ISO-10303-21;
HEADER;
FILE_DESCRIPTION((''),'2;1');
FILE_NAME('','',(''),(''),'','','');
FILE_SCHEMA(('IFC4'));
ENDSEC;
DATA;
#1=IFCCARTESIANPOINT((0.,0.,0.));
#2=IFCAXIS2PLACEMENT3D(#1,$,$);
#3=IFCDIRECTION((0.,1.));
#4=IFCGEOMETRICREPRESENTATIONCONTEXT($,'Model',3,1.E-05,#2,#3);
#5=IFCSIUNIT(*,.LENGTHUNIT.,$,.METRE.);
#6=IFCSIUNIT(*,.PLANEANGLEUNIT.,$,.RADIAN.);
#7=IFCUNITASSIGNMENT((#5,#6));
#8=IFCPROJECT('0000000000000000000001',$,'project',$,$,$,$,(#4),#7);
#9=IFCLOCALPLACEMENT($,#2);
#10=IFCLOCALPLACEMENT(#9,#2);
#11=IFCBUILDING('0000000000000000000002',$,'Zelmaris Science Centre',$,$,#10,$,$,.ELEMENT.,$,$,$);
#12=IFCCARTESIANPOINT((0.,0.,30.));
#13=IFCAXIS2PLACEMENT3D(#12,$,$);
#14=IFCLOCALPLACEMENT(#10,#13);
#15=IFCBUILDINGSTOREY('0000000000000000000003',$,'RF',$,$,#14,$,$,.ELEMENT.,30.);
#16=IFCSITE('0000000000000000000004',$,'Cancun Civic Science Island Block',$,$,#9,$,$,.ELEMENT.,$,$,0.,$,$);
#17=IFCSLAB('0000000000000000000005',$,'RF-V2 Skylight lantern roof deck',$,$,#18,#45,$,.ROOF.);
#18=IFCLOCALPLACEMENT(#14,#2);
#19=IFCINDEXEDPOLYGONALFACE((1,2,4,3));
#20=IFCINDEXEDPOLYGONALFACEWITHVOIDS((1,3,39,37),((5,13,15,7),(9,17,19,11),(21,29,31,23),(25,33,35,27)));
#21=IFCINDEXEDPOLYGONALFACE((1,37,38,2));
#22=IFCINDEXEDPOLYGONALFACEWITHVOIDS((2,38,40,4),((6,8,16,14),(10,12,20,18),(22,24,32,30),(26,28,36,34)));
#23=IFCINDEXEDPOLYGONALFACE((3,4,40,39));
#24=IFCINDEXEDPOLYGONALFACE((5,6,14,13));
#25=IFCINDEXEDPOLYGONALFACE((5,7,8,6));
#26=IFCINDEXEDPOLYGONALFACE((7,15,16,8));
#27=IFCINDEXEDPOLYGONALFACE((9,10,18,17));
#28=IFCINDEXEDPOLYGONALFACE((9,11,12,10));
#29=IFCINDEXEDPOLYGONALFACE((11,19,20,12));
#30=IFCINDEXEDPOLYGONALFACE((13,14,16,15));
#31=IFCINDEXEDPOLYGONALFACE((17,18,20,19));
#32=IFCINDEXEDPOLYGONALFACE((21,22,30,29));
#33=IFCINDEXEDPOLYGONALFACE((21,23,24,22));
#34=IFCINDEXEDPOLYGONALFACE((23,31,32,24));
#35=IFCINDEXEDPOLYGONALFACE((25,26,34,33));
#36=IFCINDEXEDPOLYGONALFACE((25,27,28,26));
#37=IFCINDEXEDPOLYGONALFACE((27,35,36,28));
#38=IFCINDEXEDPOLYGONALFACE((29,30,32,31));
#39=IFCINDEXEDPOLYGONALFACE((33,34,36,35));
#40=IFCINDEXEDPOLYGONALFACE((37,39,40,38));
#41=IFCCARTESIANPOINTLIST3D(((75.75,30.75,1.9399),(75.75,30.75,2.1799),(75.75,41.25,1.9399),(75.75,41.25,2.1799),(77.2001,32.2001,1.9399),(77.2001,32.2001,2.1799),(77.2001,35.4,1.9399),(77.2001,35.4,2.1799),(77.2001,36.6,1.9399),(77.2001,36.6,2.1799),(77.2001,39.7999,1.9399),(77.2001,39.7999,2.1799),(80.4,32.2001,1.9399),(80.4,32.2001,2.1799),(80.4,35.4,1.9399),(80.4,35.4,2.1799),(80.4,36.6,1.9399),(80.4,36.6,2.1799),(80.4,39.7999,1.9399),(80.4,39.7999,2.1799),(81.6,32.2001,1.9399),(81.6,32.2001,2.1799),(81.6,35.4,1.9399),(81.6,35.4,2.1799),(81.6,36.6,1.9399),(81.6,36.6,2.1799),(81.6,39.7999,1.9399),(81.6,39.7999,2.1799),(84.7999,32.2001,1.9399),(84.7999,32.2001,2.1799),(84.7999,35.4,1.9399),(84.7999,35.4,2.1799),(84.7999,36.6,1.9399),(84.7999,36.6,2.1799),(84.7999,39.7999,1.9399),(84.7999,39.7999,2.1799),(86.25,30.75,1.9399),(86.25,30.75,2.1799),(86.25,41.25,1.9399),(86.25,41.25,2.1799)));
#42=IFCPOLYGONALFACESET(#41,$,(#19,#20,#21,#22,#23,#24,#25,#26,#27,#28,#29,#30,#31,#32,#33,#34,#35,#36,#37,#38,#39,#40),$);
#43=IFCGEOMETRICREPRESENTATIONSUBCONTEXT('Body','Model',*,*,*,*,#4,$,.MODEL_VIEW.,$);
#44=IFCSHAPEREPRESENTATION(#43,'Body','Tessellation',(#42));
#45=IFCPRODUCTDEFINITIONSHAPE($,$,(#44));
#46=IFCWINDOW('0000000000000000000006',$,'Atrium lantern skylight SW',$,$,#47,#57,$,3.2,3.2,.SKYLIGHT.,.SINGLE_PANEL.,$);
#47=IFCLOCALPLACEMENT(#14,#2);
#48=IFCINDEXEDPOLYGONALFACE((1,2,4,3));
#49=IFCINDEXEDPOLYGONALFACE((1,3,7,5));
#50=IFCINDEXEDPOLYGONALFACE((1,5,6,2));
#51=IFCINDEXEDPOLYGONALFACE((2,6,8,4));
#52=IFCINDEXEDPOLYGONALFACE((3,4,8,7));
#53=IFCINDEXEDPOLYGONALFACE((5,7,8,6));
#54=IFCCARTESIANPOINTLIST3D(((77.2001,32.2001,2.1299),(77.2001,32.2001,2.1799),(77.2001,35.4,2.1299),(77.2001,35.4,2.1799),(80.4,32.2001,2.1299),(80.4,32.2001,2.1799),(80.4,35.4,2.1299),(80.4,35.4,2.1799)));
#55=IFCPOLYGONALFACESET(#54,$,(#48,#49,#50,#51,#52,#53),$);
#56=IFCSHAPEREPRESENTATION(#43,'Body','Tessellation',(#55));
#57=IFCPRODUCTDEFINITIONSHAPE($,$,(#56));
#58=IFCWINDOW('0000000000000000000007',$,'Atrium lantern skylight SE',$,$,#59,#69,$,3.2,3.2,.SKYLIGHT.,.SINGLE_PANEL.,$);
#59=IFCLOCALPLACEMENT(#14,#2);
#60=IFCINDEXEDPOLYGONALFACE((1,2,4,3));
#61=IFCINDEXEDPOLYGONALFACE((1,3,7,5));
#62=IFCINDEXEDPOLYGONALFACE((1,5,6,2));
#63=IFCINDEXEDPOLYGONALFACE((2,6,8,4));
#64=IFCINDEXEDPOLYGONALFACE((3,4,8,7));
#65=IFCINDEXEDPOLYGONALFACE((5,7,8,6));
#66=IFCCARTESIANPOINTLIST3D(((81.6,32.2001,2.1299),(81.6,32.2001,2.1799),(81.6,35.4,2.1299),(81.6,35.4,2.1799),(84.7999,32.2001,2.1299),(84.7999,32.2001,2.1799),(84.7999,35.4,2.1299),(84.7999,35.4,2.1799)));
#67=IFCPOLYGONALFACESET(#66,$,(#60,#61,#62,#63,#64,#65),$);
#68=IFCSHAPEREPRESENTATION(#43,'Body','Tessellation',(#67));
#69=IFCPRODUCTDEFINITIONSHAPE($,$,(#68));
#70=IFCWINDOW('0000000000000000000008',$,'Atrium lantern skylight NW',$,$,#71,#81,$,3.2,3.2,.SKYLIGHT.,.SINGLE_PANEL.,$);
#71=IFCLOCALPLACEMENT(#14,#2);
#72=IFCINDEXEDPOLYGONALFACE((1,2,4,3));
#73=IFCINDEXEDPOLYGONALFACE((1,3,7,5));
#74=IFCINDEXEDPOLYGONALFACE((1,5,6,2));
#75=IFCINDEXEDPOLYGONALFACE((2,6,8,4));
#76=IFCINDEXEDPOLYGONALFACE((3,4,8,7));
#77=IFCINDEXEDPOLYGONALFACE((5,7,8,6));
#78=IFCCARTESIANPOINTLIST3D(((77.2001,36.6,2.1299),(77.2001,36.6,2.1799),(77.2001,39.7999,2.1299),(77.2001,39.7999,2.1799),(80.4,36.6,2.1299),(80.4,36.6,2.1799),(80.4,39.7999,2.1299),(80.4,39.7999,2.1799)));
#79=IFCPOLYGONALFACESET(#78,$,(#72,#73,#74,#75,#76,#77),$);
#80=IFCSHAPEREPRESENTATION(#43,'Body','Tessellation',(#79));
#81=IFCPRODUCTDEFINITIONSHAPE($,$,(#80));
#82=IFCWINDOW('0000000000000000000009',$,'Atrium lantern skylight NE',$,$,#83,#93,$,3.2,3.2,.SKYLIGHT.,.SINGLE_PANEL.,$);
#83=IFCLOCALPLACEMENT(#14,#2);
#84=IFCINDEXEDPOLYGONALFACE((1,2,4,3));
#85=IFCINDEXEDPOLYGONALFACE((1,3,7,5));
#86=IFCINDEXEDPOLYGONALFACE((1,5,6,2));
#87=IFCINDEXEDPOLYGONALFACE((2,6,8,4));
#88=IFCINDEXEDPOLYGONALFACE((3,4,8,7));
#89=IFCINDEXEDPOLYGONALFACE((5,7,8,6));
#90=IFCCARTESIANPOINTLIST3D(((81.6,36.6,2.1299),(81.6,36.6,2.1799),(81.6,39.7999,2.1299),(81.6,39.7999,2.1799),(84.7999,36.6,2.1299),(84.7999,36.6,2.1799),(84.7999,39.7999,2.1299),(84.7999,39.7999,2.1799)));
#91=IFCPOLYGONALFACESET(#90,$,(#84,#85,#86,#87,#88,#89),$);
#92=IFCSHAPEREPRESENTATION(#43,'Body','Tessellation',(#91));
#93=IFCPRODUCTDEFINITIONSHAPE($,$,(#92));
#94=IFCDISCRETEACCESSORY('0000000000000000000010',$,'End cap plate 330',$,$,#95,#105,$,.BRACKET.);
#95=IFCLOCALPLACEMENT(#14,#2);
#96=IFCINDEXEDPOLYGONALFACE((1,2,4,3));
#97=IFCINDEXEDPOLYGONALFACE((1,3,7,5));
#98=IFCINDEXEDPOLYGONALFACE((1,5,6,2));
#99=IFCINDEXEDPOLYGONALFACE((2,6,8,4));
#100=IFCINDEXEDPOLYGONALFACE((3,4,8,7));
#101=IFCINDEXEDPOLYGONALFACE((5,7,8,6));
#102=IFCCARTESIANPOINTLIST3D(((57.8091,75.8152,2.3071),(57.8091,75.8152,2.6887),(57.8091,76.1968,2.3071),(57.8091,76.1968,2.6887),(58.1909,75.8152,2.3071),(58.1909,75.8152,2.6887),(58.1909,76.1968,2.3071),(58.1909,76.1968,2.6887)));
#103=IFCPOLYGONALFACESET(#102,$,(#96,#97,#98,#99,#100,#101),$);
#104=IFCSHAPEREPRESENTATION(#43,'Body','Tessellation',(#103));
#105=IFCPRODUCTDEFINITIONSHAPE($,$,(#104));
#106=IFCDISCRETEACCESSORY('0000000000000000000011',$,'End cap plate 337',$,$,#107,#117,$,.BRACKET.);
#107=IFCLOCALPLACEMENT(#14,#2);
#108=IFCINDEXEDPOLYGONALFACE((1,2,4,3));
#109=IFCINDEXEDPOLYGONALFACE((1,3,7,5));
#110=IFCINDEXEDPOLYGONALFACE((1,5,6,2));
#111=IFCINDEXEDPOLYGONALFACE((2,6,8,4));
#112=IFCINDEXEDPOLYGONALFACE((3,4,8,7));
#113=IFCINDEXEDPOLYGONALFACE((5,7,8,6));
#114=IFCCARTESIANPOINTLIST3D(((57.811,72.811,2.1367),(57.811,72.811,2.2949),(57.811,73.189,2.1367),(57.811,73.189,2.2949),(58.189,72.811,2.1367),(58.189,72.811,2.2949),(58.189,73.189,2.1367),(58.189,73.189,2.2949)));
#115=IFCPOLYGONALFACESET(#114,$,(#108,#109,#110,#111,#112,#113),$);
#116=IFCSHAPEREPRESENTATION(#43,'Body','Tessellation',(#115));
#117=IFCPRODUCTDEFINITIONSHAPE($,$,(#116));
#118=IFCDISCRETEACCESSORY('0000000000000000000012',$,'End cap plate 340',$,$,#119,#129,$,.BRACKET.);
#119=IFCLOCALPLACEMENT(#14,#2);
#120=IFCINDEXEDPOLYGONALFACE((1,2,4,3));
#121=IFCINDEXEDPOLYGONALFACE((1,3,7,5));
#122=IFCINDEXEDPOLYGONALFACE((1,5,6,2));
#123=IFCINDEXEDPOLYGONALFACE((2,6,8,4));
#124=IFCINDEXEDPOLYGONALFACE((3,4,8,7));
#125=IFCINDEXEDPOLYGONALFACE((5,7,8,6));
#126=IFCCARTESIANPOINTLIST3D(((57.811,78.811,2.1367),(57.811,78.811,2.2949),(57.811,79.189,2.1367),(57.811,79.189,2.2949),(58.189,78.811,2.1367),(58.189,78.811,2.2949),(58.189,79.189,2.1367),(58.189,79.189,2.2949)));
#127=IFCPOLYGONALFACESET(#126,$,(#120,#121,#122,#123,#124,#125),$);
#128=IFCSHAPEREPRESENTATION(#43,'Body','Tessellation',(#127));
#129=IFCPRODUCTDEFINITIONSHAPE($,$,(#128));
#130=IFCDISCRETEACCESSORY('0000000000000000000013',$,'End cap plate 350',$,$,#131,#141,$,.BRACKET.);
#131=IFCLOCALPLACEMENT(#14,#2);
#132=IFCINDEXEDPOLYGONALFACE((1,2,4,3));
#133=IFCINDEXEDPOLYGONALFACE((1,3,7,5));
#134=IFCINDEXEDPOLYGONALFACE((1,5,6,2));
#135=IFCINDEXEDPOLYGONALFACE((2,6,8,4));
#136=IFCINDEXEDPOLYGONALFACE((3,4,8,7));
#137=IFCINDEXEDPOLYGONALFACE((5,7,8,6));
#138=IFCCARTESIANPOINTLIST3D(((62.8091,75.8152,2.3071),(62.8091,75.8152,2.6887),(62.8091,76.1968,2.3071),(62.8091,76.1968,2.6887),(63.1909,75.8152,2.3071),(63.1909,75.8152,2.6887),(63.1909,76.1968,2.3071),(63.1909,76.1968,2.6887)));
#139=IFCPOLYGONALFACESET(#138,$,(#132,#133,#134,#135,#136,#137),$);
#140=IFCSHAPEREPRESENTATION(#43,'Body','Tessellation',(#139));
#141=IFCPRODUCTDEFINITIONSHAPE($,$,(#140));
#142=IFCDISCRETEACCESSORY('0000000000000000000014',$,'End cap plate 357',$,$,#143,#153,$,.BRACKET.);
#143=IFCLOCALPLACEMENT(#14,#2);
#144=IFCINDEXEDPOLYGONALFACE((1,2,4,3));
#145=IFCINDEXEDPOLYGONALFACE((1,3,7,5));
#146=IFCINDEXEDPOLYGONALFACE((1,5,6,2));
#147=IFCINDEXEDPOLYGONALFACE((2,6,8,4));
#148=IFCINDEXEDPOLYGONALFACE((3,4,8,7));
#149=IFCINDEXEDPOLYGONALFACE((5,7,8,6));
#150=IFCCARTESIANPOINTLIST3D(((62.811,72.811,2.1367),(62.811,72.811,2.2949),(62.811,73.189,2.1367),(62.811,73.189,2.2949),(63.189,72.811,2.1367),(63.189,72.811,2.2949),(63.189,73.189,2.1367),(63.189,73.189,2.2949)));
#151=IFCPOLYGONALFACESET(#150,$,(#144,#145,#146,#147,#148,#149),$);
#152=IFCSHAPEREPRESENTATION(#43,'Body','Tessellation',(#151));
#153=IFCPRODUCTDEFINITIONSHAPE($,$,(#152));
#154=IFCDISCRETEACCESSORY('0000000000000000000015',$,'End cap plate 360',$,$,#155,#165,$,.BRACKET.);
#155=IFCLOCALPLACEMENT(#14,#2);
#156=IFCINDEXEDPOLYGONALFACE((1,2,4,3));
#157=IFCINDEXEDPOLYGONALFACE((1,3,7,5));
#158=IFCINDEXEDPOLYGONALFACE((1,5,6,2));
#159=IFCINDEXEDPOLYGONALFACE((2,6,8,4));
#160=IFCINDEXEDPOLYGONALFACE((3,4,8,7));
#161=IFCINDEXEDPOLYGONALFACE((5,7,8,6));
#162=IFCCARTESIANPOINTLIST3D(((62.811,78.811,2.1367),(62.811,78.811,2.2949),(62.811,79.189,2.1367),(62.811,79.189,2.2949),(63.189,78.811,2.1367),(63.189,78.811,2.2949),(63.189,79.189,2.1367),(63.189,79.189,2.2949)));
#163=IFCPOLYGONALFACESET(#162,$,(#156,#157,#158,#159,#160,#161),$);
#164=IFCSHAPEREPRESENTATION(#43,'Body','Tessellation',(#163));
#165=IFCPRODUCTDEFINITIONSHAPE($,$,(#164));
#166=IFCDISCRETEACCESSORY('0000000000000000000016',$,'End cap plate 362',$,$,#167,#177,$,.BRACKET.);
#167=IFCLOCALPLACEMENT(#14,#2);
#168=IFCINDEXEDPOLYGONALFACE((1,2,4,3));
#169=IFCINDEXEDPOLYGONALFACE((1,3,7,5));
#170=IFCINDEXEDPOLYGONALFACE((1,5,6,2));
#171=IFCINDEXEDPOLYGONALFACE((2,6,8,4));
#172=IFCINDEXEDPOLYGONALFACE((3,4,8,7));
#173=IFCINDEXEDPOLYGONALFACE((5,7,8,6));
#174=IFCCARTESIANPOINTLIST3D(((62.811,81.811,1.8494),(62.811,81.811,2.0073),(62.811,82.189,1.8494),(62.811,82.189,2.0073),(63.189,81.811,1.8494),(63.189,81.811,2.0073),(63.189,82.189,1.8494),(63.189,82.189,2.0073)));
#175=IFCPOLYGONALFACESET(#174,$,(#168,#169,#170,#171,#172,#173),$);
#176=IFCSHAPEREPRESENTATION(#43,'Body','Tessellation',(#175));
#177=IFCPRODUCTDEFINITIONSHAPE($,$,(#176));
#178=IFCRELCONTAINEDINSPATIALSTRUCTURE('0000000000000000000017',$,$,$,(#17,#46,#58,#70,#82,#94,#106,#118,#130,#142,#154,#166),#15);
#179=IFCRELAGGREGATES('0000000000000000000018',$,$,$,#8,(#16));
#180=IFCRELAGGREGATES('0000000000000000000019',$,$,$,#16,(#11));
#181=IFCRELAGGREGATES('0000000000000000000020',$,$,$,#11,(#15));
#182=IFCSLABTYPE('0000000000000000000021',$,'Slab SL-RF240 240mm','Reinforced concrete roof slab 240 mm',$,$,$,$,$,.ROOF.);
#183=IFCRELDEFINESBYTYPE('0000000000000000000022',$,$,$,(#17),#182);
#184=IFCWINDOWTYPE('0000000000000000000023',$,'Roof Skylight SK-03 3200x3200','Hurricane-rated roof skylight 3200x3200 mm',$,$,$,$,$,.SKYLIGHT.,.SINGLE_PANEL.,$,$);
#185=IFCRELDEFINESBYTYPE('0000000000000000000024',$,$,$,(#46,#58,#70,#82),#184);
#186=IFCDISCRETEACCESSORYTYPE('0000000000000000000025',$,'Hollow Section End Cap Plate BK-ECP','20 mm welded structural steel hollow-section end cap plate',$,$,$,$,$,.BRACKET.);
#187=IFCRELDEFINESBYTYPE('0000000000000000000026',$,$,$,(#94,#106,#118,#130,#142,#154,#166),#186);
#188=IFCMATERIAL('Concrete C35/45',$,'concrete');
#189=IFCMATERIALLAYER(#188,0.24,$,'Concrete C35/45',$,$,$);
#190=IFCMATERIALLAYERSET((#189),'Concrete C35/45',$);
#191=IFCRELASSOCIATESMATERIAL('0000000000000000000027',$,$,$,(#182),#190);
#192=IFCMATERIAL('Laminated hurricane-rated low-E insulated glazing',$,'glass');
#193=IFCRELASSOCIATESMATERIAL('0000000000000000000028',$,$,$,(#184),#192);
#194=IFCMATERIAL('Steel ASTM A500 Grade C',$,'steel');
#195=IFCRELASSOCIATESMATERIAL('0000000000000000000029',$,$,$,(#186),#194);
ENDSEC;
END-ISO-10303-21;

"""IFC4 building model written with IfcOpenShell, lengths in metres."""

from ifc_helpers import new_model, si_unit, direction, frame, origin, origin_2d, place, context, subcontext, project, spatial, polyline, rectangle, outline, extrude, material, layer, layer_set, type_object, element, fill, save


model = new_model("IFC4")

# Units and contexts
model_context = context("Model", 3, precision=1e-05, world=origin(), true_north=direction((0.0, 1.0)))
body_context = subcontext(model_context, "Body", "Model", "MODEL_VIEW")
ifc_project = project(units=[si_unit("LENGTHUNIT", "METRE"), si_unit("PLANEANGLEUNIT", "RADIAN")], contexts=[model_context])

# Site, building, storey
site_placement = place(None, origin())
site = spatial("IfcSite", under=ifc_project, at=site_placement, Name="Cancun Civic Science Island Block", CompositionType="ELEMENT", RefElevation=0.0)
building_placement = place(site_placement, origin())
building = spatial("IfcBuilding", under=site, at=building_placement, Name="Zelmaris Science Centre", CompositionType="ELEMENT")
storey_placement = place(building_placement, frame((0.0, 0.0, 30.0)))
storey = spatial("IfcBuildingStorey", under=building, at=storey_placement, Name="RF", CompositionType="ELEMENT", Elevation=30.0)

# Slab, openings, windows
ifc_material_1 = material(Name="Concrete C35/45", Category="concrete")
ifc_layer = layer(ifc_material_1, 0.24, Name="Concrete C35/45")
ifc_layer_set = layer_set([ifc_layer], Name="Concrete C35/45")
slab_type = type_object("IfcSlabType", Name="Slab SL-RF240 240mm", Description="Reinforced concrete roof slab 240 mm", PredefinedType="ROOF", material=ifc_layer_set)
slab_placement = place(storey_placement, frame((0.0, 0.0, 1.9399)))
slab = element("IfcSlab", 1, at=slab_placement, inside=storey, type_object=slab_type, Name="RF-V2 Skylight lantern roof deck", PredefinedType="ROOF", context=body_context, shape_type="SweptSolid", body=[
    extrude(outline(polyline([(75.75, 30.75), (86.25, 30.75), (86.25, 41.25), (75.75, 41.25), (75.75, 30.75)])), origin(), (0.0, 0.0, 1.0), 0.24),
])
opening_1_placement = place(slab_placement, frame((78.8, 33.8, 0.0)))
opening_1 = element("IfcOpeningElement", 2, at=opening_1_placement, cuts=slab, PredefinedType="OPENING", context=body_context, shape_type="SweptSolid", body=[
    extrude(rectangle(XDim=3.2, YDim=3.2, at=origin_2d()), frame((0.0, 0.0, -0.01)), (0.0, 0.0, 1.0), 0.26),
])
opening_2_placement = place(slab_placement, frame((83.2, 33.8, 0.0)))
opening_2 = element("IfcOpeningElement", 3, at=opening_2_placement, cuts=slab, PredefinedType="OPENING", context=body_context, shape_type="SweptSolid", body=[
    extrude(rectangle(XDim=3.2, YDim=3.2, at=origin_2d()), frame((0.0, 0.0, -0.01)), (0.0, 0.0, 1.0), 0.26),
])
opening_3_placement = place(slab_placement, frame((78.8, 38.2, 0.0)))
opening_3 = element("IfcOpeningElement", 4, at=opening_3_placement, cuts=slab, PredefinedType="OPENING", context=body_context, shape_type="SweptSolid", body=[
    extrude(rectangle(XDim=3.2, YDim=3.2, at=origin_2d()), frame((0.0, 0.0, -0.01)), (0.0, 0.0, 1.0), 0.26),
])
opening_4_placement = place(slab_placement, frame((83.2, 38.2, 0.0)))
opening_4 = element("IfcOpeningElement", 5, at=opening_4_placement, cuts=slab, PredefinedType="OPENING", context=body_context, shape_type="SweptSolid", body=[
    extrude(rectangle(XDim=3.2, YDim=3.2, at=origin_2d()), frame((0.0, 0.0, -0.01)), (0.0, 0.0, 1.0), 0.26),
])
ifc_material_2 = material(Name="Laminated hurricane-rated low-E insulated glazing", Category="glass")
window_type = type_object("IfcWindowType", Name="Roof Skylight SK-03 3200x3200", Description="Hurricane-rated roof skylight 3200x3200 mm", PartitioningType="SINGLE_PANEL", PredefinedType="SKYLIGHT", material=ifc_material_2)
window_1_placement = place(opening_1_placement, frame((0.0, 0.0, 0.1899)))
window_1 = element("IfcWindow", 6, at=window_1_placement, inside=storey, type_object=window_type, Name="Atrium lantern skylight SW", OverallHeight=3.2, OverallWidth=3.2, PartitioningType="SINGLE_PANEL", PredefinedType="SKYLIGHT", context=body_context, shape_type="SweptSolid", body=[
    extrude(rectangle(XDim=3.2, YDim=3.2, at=origin_2d()), origin(), (0.0, 0.0, 1.0), 0.05),
])
fill(opening_1, window_1)
window_2_placement = place(opening_2_placement, frame((0.0, 0.0, 0.1899)))
window_2 = element("IfcWindow", 7, at=window_2_placement, inside=storey, type_object=window_type, Name="Atrium lantern skylight SE", OverallHeight=3.2, OverallWidth=3.2, PartitioningType="SINGLE_PANEL", PredefinedType="SKYLIGHT", context=body_context, shape_type="SweptSolid", body=[
    extrude(rectangle(XDim=3.2, YDim=3.2, at=origin_2d()), origin(), (0.0, 0.0, 1.0), 0.05),
])
fill(opening_2, window_2)
window_3_placement = place(opening_3_placement, frame((0.0, 0.0, 0.1899)))
window_3 = element("IfcWindow", 8, at=window_3_placement, inside=storey, type_object=window_type, Name="Atrium lantern skylight NW", OverallHeight=3.2, OverallWidth=3.2, PartitioningType="SINGLE_PANEL", PredefinedType="SKYLIGHT", context=body_context, shape_type="SweptSolid", body=[
    extrude(rectangle(XDim=3.2, YDim=3.2, at=origin_2d()), origin(), (0.0, 0.0, 1.0), 0.05),
])
fill(opening_3, window_3)
window_4_placement = place(opening_4_placement, frame((0.0, 0.0, 0.1899)))
window_4 = element("IfcWindow", 9, at=window_4_placement, inside=storey, type_object=window_type, Name="Atrium lantern skylight NE", OverallHeight=3.2, OverallWidth=3.2, PartitioningType="SINGLE_PANEL", PredefinedType="SKYLIGHT", context=body_context, shape_type="SweptSolid", body=[
    extrude(rectangle(XDim=3.2, YDim=3.2, at=origin_2d()), origin(), (0.0, 0.0, 1.0), 0.05),
])
fill(opening_4, window_4)

# Discrete accessories
ifc_material_3 = material(Name="Steel ASTM A500 Grade C", Category="steel")
discrete_accessory_type = type_object("IfcDiscreteAccessoryType", Name="Hollow Section End Cap Plate BK-ECP", Description="20 mm welded structural steel hollow-section end cap plate", PredefinedType="BRACKET", material=ifc_material_3)
discrete_accessory_1_placement = place(storey_placement, frame((0.0, 0.0, 2.3071)))
element("IfcDiscreteAccessory", 10, at=discrete_accessory_1_placement, inside=storey, type_object=discrete_accessory_type, Name="End cap plate 330", PredefinedType="BRACKET", context=body_context, shape_type="SweptSolid", body=[
    extrude(outline(polyline([(57.8091, 75.8152), (58.1909, 75.8152), (58.1909, 76.1968), (57.8091, 76.1968), (57.8091, 75.8152)])), origin(), (0.0, 0.0, 1.0), 0.3816),
])
discrete_accessory_2_placement = place(storey_placement, frame((0.0, 0.0, 2.1367)))
element("IfcDiscreteAccessory", 11, at=discrete_accessory_2_placement, inside=storey, type_object=discrete_accessory_type, Name="End cap plate 337", PredefinedType="BRACKET", context=body_context, shape_type="SweptSolid", body=[
    extrude(outline(polyline([(57.811, 72.811), (58.189, 72.811), (58.189, 73.189), (57.811, 73.189), (57.811, 72.811)])), origin(), (0.0, 0.0, 1.0), 0.1582),
])
discrete_accessory_3_placement = place(storey_placement, frame((0.0, 0.0, 2.1367)))
element("IfcDiscreteAccessory", 12, at=discrete_accessory_3_placement, inside=storey, type_object=discrete_accessory_type, Name="End cap plate 340", PredefinedType="BRACKET", context=body_context, shape_type="SweptSolid", body=[
    extrude(outline(polyline([(57.811, 78.811), (58.189, 78.811), (58.189, 79.189), (57.811, 79.189), (57.811, 78.811)])), origin(), (0.0, 0.0, 1.0), 0.1582),
])
discrete_accessory_4_placement = place(storey_placement, frame((0.0, 0.0, 2.3071)))
element("IfcDiscreteAccessory", 13, at=discrete_accessory_4_placement, inside=storey, type_object=discrete_accessory_type, Name="End cap plate 350", PredefinedType="BRACKET", context=body_context, shape_type="SweptSolid", body=[
    extrude(outline(polyline([(62.8091, 75.8152), (63.1909, 75.8152), (63.1909, 76.1968), (62.8091, 76.1968), (62.8091, 75.8152)])), origin(), (0.0, 0.0, 1.0), 0.3816),
])
discrete_accessory_5_placement = place(storey_placement, frame((0.0, 0.0, 2.1367)))
element("IfcDiscreteAccessory", 14, at=discrete_accessory_5_placement, inside=storey, type_object=discrete_accessory_type, Name="End cap plate 357", PredefinedType="BRACKET", context=body_context, shape_type="SweptSolid", body=[
    extrude(outline(polyline([(62.811, 72.811), (63.189, 72.811), (63.189, 73.189), (62.811, 73.189), (62.811, 72.811)])), origin(), (0.0, 0.0, 1.0), 0.1582),
])
discrete_accessory_6_placement = place(storey_placement, frame((0.0, 0.0, 2.1367)))
element("IfcDiscreteAccessory", 15, at=discrete_accessory_6_placement, inside=storey, type_object=discrete_accessory_type, Name="End cap plate 360", PredefinedType="BRACKET", context=body_context, shape_type="SweptSolid", body=[
    extrude(outline(polyline([(62.811, 78.811), (63.189, 78.811), (63.189, 79.189), (62.811, 79.189), (62.811, 78.811)])), origin(), (0.0, 0.0, 1.0), 0.1582),
])
discrete_accessory_7_placement = place(storey_placement, frame((0.0, 0.0, 1.8494)))
element("IfcDiscreteAccessory", 16, at=discrete_accessory_7_placement, inside=storey, type_object=discrete_accessory_type, Name="End cap plate 362", PredefinedType="BRACKET", context=body_context, shape_type="SweptSolid", body=[
    extrude(outline(polyline([(62.811, 81.811), (63.189, 81.811), (63.189, 82.189), (62.811, 82.189), (62.811, 81.811)])), origin(), (0.0, 0.0, 1.0), 0.158),
])

save(model, "model.ifc")
